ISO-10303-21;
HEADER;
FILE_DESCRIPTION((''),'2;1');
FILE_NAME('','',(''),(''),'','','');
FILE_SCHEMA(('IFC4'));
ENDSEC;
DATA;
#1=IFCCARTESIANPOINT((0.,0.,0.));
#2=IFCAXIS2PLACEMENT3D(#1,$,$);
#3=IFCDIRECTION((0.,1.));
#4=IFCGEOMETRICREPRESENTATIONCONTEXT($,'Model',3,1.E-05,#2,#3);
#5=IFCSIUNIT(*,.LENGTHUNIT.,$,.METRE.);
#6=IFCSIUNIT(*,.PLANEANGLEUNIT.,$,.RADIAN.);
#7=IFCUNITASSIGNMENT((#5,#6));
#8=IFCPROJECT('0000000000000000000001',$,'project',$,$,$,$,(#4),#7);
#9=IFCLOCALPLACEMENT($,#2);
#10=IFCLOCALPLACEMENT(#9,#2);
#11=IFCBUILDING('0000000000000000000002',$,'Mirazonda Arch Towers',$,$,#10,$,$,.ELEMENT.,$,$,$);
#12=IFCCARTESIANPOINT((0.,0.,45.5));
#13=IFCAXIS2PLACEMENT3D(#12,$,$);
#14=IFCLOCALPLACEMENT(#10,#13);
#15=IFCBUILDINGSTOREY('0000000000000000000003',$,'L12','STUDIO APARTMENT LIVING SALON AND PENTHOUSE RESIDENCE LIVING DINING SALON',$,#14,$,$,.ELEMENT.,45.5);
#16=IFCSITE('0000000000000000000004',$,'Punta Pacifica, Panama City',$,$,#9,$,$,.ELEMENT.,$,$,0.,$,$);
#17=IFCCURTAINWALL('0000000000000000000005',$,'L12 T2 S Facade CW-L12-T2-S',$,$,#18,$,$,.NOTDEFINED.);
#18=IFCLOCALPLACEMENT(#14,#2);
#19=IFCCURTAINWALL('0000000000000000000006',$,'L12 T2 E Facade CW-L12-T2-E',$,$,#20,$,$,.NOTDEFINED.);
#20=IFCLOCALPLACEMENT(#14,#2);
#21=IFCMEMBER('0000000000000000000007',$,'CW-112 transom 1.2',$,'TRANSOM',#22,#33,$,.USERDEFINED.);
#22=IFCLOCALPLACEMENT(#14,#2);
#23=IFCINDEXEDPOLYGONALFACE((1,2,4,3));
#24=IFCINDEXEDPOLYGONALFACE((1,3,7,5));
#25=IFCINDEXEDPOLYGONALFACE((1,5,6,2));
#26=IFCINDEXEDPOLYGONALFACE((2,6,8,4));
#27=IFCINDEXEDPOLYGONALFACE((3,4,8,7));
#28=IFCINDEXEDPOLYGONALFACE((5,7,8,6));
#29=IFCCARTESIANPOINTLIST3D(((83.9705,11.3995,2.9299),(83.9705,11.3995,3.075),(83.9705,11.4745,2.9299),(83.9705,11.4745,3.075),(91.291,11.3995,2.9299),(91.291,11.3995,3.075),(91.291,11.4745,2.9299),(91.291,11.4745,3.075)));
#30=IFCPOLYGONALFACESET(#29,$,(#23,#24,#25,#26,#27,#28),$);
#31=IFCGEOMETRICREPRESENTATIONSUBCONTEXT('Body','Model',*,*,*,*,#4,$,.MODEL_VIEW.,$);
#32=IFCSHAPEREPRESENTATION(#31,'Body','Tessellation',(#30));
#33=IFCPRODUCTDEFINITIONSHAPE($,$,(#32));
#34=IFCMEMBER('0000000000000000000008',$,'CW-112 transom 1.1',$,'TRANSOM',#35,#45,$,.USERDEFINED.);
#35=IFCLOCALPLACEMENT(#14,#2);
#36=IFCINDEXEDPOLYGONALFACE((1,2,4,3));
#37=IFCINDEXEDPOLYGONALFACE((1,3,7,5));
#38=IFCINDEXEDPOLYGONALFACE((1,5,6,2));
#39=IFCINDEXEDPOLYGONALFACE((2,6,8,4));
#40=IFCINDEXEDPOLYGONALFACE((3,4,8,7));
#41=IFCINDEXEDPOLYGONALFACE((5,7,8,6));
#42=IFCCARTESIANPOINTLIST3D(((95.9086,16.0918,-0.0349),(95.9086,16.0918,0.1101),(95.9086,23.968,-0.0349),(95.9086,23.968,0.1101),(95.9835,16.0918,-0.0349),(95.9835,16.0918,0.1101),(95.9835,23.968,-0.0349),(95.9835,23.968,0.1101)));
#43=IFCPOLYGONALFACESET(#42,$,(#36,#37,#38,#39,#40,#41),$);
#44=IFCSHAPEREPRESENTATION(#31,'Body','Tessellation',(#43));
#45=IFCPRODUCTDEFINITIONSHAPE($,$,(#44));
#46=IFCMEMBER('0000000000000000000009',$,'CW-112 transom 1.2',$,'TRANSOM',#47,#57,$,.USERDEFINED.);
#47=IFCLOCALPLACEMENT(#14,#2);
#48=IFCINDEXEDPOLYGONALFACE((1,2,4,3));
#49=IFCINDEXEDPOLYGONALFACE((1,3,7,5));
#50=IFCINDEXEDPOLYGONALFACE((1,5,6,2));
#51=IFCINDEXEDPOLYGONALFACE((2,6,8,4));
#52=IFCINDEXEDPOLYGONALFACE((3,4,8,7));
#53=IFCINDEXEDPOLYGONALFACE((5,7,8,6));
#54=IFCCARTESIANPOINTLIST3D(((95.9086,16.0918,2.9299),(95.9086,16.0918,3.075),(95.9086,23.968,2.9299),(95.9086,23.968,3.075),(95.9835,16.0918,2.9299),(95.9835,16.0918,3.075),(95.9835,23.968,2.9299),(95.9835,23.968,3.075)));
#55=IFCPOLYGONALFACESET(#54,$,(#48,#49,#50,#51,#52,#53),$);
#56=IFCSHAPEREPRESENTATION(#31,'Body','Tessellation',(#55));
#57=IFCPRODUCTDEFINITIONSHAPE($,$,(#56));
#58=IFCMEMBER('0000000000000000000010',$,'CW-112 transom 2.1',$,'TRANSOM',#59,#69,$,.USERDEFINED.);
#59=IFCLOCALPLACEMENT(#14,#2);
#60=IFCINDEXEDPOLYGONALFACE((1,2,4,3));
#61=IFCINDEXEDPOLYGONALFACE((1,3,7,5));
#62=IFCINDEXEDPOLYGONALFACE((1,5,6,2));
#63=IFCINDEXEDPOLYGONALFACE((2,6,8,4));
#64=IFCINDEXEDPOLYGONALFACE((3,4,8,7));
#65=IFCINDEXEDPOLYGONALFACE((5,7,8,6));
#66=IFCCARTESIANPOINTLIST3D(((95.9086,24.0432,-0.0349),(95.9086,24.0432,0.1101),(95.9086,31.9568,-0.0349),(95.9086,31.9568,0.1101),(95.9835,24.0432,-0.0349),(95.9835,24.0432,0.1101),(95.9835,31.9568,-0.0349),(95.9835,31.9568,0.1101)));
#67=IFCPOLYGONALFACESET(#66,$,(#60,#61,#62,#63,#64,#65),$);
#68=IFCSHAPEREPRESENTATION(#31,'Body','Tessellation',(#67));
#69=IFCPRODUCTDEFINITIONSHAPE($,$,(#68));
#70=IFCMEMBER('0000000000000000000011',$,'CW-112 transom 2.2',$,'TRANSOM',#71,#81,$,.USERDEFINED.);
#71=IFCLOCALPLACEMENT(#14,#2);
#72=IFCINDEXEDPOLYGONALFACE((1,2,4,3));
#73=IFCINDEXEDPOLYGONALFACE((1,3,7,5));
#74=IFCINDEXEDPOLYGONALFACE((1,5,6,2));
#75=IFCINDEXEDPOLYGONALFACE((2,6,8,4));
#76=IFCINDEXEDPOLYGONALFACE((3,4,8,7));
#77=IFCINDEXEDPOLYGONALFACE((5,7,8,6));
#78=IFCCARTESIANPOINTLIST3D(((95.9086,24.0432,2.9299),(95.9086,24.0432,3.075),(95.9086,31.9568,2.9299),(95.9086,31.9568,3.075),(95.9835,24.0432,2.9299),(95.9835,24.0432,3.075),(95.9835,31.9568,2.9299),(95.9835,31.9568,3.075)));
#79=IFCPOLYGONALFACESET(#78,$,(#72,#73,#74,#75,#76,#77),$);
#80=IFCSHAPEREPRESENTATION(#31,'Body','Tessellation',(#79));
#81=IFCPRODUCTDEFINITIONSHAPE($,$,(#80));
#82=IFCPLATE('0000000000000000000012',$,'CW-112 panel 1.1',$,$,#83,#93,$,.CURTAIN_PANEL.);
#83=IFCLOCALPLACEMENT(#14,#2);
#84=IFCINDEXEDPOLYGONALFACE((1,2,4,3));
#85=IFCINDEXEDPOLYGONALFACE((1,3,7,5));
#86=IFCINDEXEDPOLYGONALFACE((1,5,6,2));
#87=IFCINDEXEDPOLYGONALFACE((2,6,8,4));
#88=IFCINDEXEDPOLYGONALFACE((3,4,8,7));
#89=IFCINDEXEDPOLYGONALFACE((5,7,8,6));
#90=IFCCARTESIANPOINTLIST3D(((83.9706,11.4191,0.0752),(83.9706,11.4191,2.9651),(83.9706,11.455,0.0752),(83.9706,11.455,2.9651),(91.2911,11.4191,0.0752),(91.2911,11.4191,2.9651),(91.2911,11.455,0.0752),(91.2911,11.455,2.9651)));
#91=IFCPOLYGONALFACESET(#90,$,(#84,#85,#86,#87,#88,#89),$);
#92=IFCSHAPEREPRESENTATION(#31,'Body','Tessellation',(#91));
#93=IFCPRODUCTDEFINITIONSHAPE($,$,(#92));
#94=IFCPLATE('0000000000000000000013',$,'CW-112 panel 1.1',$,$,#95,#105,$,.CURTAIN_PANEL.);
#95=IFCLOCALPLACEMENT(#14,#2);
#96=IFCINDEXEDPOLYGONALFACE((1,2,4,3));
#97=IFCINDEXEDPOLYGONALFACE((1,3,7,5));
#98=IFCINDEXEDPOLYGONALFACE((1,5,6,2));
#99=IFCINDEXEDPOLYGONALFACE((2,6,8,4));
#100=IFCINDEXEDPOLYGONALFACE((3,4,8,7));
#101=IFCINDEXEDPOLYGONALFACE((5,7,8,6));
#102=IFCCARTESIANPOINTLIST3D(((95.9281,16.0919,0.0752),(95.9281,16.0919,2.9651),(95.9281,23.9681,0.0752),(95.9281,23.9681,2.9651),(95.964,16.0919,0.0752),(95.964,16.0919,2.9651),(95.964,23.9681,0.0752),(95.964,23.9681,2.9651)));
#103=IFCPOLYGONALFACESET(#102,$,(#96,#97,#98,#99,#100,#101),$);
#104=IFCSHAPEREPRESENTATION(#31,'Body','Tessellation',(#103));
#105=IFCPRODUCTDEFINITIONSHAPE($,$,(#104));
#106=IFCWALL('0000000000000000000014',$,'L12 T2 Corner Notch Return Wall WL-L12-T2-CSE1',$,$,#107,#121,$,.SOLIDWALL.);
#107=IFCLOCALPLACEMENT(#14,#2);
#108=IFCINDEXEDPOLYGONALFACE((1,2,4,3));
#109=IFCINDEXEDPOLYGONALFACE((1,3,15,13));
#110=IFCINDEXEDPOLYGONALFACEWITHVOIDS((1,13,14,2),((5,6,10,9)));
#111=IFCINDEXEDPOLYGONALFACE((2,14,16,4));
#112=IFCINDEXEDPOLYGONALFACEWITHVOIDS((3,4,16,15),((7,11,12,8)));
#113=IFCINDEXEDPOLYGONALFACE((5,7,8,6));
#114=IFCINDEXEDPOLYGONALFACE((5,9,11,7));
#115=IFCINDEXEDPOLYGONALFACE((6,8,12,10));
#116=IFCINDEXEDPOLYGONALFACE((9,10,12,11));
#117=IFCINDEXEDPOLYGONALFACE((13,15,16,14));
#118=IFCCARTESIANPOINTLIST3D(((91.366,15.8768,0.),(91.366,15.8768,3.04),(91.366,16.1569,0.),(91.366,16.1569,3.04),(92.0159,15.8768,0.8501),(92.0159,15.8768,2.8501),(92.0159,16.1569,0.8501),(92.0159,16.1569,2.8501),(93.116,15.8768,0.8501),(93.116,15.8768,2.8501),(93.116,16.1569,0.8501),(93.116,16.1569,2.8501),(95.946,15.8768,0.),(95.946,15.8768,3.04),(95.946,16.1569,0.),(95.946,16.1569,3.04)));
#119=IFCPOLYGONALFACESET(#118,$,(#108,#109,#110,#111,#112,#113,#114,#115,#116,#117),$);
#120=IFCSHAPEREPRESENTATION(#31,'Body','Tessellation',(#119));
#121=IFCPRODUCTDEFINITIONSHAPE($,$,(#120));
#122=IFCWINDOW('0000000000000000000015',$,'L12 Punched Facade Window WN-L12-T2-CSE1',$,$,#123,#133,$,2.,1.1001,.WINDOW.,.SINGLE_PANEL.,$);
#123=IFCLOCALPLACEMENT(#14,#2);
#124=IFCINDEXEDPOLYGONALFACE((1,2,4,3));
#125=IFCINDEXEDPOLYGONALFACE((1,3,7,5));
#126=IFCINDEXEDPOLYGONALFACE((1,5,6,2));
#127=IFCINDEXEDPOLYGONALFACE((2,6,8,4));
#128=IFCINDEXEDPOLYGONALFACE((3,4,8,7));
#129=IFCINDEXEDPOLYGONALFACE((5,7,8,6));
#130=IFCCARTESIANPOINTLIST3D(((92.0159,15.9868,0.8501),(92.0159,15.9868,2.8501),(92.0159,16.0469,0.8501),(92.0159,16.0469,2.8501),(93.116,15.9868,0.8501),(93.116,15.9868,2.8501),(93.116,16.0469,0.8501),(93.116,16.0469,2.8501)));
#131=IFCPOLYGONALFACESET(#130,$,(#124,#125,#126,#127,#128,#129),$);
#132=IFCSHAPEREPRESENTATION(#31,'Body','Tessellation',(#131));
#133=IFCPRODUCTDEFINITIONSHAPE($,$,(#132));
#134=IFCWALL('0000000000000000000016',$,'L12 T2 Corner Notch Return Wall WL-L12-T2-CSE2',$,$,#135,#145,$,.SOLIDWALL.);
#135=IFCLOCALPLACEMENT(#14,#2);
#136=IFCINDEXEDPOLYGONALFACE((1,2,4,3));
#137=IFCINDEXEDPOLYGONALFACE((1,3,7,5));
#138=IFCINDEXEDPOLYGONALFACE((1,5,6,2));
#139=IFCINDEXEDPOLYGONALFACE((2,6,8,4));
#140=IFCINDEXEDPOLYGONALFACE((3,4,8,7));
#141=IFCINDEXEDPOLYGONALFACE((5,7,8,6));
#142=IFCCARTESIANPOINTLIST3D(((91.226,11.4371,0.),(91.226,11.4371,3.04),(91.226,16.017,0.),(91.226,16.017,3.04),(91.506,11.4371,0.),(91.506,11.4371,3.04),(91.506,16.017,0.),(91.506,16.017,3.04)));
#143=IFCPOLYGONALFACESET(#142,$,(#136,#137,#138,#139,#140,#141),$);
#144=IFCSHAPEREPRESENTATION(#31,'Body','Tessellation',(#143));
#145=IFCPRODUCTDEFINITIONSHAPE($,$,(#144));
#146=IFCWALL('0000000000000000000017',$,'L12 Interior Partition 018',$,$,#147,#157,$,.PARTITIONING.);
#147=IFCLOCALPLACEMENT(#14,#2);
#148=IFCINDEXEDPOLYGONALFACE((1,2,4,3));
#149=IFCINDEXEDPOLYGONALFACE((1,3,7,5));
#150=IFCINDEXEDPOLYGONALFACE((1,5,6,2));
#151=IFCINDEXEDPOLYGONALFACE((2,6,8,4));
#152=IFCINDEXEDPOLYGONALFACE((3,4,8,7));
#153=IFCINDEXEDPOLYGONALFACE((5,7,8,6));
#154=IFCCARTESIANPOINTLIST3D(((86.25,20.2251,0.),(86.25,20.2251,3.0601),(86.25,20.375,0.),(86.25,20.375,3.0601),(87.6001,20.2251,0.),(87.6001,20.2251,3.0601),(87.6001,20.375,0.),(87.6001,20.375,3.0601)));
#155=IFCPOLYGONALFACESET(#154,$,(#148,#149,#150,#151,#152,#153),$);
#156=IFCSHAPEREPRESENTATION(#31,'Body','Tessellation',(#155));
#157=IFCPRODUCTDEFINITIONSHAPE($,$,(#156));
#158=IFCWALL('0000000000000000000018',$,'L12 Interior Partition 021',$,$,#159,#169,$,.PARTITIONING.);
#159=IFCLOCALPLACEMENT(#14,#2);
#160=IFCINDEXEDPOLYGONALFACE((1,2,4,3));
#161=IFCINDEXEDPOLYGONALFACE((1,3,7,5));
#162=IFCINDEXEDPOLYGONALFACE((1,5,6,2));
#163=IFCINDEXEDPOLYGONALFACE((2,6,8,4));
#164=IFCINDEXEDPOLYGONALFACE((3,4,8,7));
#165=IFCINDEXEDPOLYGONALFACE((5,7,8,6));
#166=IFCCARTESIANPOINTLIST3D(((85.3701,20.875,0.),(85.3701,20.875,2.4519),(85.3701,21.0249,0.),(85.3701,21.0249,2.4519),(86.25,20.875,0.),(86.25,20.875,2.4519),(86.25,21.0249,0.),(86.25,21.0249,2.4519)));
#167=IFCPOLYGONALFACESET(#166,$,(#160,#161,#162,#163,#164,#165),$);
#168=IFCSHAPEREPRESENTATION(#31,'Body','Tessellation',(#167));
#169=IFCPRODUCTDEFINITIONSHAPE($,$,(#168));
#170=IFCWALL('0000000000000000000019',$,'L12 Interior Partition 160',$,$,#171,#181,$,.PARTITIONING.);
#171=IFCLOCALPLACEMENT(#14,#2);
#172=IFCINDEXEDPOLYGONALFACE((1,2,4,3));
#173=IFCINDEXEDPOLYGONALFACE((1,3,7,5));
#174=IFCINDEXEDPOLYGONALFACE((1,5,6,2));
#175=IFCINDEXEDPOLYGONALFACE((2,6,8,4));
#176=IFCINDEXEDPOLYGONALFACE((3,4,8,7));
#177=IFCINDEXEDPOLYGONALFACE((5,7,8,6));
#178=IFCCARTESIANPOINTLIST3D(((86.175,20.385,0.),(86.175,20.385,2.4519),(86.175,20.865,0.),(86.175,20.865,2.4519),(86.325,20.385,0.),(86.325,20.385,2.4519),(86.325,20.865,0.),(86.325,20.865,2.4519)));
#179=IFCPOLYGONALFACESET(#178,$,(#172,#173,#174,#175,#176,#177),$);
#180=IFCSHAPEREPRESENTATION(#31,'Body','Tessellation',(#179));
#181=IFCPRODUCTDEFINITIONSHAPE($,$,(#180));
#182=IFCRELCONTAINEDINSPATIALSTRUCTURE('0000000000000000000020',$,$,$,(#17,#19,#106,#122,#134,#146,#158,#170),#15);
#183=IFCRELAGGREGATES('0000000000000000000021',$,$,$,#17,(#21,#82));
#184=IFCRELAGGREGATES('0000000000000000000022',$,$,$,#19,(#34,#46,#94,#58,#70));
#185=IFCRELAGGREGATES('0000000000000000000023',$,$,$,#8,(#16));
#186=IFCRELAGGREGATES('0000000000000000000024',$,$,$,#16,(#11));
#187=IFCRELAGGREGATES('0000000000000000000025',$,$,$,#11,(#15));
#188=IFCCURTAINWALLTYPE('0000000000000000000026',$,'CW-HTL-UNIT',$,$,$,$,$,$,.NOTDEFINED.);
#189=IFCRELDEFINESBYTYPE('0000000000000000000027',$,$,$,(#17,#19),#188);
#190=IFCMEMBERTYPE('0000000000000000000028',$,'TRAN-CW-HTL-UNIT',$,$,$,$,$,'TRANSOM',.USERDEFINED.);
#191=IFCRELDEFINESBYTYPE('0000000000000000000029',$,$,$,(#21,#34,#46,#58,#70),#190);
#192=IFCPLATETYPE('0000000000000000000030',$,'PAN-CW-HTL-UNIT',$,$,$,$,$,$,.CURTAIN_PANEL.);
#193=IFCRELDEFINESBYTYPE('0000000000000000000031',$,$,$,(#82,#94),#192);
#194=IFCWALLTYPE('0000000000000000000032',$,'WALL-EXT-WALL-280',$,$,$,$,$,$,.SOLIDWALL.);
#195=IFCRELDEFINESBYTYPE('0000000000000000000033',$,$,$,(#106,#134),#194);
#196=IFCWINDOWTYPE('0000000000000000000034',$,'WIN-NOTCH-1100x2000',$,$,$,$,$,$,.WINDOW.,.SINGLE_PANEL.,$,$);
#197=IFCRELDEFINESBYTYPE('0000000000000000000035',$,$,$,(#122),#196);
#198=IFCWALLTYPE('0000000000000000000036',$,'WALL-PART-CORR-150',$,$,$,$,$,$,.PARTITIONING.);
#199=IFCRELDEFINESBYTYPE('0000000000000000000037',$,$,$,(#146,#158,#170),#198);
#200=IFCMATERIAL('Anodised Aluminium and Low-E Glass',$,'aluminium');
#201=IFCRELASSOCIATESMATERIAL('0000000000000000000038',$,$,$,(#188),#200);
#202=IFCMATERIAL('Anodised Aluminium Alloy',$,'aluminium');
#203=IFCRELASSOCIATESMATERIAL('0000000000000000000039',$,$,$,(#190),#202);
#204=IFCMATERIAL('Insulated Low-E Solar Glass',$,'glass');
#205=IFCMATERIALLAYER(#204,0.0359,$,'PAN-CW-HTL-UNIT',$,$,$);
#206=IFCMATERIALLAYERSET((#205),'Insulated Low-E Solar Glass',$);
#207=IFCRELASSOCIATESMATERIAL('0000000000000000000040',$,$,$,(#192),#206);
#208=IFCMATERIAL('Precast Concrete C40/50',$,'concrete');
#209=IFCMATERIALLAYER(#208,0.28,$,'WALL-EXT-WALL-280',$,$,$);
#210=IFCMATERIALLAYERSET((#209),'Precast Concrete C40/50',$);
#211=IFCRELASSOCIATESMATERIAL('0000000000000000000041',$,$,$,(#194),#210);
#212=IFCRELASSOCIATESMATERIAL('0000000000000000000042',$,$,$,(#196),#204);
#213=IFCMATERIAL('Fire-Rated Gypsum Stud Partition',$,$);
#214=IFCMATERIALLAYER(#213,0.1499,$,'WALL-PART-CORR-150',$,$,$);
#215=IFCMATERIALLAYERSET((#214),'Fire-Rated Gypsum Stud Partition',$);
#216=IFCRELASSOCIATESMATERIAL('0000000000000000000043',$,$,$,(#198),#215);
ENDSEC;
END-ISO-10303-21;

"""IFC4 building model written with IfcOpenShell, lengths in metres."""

from ifc_helpers import new_model, si_unit, direction, frame, frame_2d, origin, origin_2d, place, context, subcontext, project, spatial, rectangle, extrude, material, layer, layer_set, material_profile, profile_set, type_object, element, fill, aggregate, save


model = new_model("IFC4")

# Units and contexts
model_context = context("Model", 3, precision=1e-05, world=origin(), true_north=direction((0.0, 1.0)))
body_context = subcontext(model_context, "Body", "Model", "MODEL_VIEW")
ifc_project = project(units=[si_unit("LENGTHUNIT", "METRE"), si_unit("PLANEANGLEUNIT", "RADIAN")], contexts=[model_context])

# Site, building, storey
site_placement = place(None, origin())
site = spatial("IfcSite", under=ifc_project, at=site_placement, Name="Punta Pacifica, Panama City", CompositionType="ELEMENT", RefElevation=0.0)
building_placement = place(site_placement, origin())
building = spatial("IfcBuilding", under=site, at=building_placement, Name="Mirazonda Arch Towers", CompositionType="ELEMENT")
storey_placement = place(building_placement, frame((0.0, 0.0, 45.5)))
storey = spatial("IfcBuildingStorey", under=building, at=storey_placement, Name="L12", Description="STUDIO APARTMENT LIVING SALON AND PENTHOUSE RESIDENCE LIVING DINING SALON", CompositionType="ELEMENT", Elevation=45.5)

# Curtain wall
ifc_material_1 = material(Name="Anodised Aluminium and Low-E Glass", Category="aluminium")
curtain_wall_type = type_object("IfcCurtainWallType", Name="CW-HTL-UNIT", PredefinedType="NOTDEFINED", material=ifc_material_1)
curtain_wall_1_placement = place(storey_placement, origin())
curtain_wall_1 = element("IfcCurtainWall", 1, at=curtain_wall_1_placement, inside=storey, type_object=curtain_wall_type, Name="L12 T2 S Facade CW-L12-T2-S", PredefinedType="NOTDEFINED")
ifc_material_2 = material(Name="Anodised Aluminium Alloy", Category="aluminium")

# Curtain wall
curtain_wall_2_placement = place(storey_placement, origin())
curtain_wall_2 = element("IfcCurtainWall", 2, at=curtain_wall_2_placement, inside=storey, type_object=curtain_wall_type, Name="L12 T2 E Facade CW-L12-T2-E", PredefinedType="NOTDEFINED")

# Members
ifc_material_profile_1 = material_profile(ifc_material_2, rectangle(XDim=0.075, YDim=0.145, at=origin_2d()), Name="ALU-TRAN-75x145")
ifc_profile_set_1 = profile_set([ifc_material_profile_1], Name="Anodised Aluminium Alloy")
member_type_1 = type_object("IfcMemberType", Name="TRAN-CW-HTL-UNIT", ElementType="TRANSOM", PredefinedType="USERDEFINED", material=ifc_profile_set_1)
member_1_placement = place(storey_placement, frame((91.291, 11.437, 3.0024), z_axis=(-1.0, 0.0, 0.0), x_axis=(0.0, -1.0, 0.0)))
member_1 = element("IfcMember", 3, at=member_1_placement, type_object=member_type_1, Name="CW-112 transom 1.2", ObjectType="TRANSOM", PredefinedType="USERDEFINED", context=body_context, shape_type="SweptSolid", body=[
    extrude(rectangle(XDim=0.075, YDim=0.145, at=origin_2d()), origin(), (0.0, 0.0, 1.0), 7.3206),
])
member_2_placement = place(storey_placement, frame((95.946, 16.0918, 0.0376), z_axis=(0.0, 1.0, 0.0), x_axis=(-1.0, 0.0, 0.0)))
member_2 = element("IfcMember", 4, at=member_2_placement, type_object=member_type_1, Name="CW-112 transom 1.1", ObjectType="TRANSOM", PredefinedType="USERDEFINED", context=body_context, shape_type="SweptSolid", body=[
    extrude(rectangle(XDim=0.075, YDim=0.145, at=origin_2d()), origin(), (0.0, 0.0, 1.0), 7.8762),
])
member_3_placement = place(storey_placement, frame((95.946, 16.0918, 3.0024), z_axis=(0.0, 1.0, 0.0), x_axis=(-1.0, 0.0, 0.0)))
member_3 = element("IfcMember", 5, at=member_3_placement, type_object=member_type_1, Name="CW-112 transom 1.2", ObjectType="TRANSOM", PredefinedType="USERDEFINED", context=body_context, shape_type="SweptSolid", body=[
    extrude(rectangle(XDim=0.075, YDim=0.145, at=origin_2d()), origin(), (0.0, 0.0, 1.0), 7.8762),
])
member_4_placement = place(storey_placement, frame((95.946, 24.0432, 0.0376), z_axis=(0.0, 1.0, 0.0), x_axis=(-1.0, 0.0, 0.0)))
member_4 = element("IfcMember", 6, at=member_4_placement, type_object=member_type_1, Name="CW-112 transom 2.1", ObjectType="TRANSOM", PredefinedType="USERDEFINED", context=body_context, shape_type="SweptSolid", body=[
    extrude(rectangle(XDim=0.075, YDim=0.145, at=origin_2d()), origin(), (0.0, 0.0, 1.0), 7.9136),
])
member_5_placement = place(storey_placement, frame((95.946, 24.0432, 3.0024), z_axis=(0.0, 1.0, 0.0), x_axis=(-1.0, 0.0, 0.0)))
member_5 = element("IfcMember", 7, at=member_5_placement, type_object=member_type_1, Name="CW-112 transom 2.2", ObjectType="TRANSOM", PredefinedType="USERDEFINED", context=body_context, shape_type="SweptSolid", body=[
    extrude(rectangle(XDim=0.075, YDim=0.145, at=origin_2d()), origin(), (0.0, 0.0, 1.0), 7.9136),
])

# Plates
ifc_material_3 = material(Name="Insulated Low-E Solar Glass", Category="glass")
ifc_layer_1 = layer(ifc_material_3, 0.0359, Name="PAN-CW-HTL-UNIT")
ifc_layer_set_1 = layer_set([ifc_layer_1], Name="Insulated Low-E Solar Glass")
plate_type = type_object("IfcPlateType", Name="PAN-CW-HTL-UNIT", PredefinedType="CURTAIN_PANEL", material=ifc_layer_set_1)
plate_1_placement = place(storey_placement, frame((87.6309, 11.437, 0.0752), z_axis=(0.0, 0.0, 1.0), x_axis=(-1.0, 0.0, 0.0)))
plate_1 = element("IfcPlate", 8, at=plate_1_placement, type_object=plate_type, Name="CW-112 panel 1.1", PredefinedType="CURTAIN_PANEL", context=body_context, shape_type="SweptSolid", body=[
    extrude(rectangle(XDim=7.3206, YDim=0.0359, at=origin_2d()), origin(), (0.0, 0.0, 1.0), 2.8899),
])
aggregate(curtain_wall_1, [member_1, plate_1])
plate_2_placement = place(storey_placement, frame((95.946, 20.03, 0.0752), z_axis=(0.0, 0.0, 1.0), x_axis=(0.0, 1.0, 0.0)))
plate_2 = element("IfcPlate", 9, at=plate_2_placement, type_object=plate_type, Name="CW-112 panel 1.1", PredefinedType="CURTAIN_PANEL", context=body_context, shape_type="SweptSolid", body=[
    extrude(rectangle(XDim=7.8762, YDim=0.0359, at=origin_2d()), origin(), (0.0, 0.0, 1.0), 2.8899),
])
aggregate(curtain_wall_2, [member_2, member_3, plate_2, member_4, member_5])

# Wall, opening, window
ifc_material_4 = material(Name="Precast Concrete C40/50", Category="concrete")
ifc_layer_2 = layer(ifc_material_4, 0.28, Name="WALL-EXT-WALL-280")
ifc_layer_set_2 = layer_set([ifc_layer_2], Name="Precast Concrete C40/50")
wall_type_1 = type_object("IfcWallType", Name="WALL-EXT-WALL-280", PredefinedType="SOLIDWALL", material=ifc_layer_set_2)
wall_1_placement = place(storey_placement, frame((91.366, 16.0168, 0.0), z_axis=(0.0, 0.0, 1.0), x_axis=(1.0, 0.0, 0.0)))
wall_1 = element("IfcWall", 10, at=wall_1_placement, inside=storey, type_object=wall_type_1, Name="L12 T2 Corner Notch Return Wall WL-L12-T2-CSE1", PredefinedType="SOLIDWALL", context=body_context, shape_type="SweptSolid", body=[
    extrude(rectangle(XDim=4.5801, YDim=0.28, at=frame_2d((2.29, 0.0))), origin(), (0.0, 0.0, 1.0), 3.04),
])
opening_1_placement = place(wall_1_placement, frame((0.6499, 0.0, 0.8501)))
opening_1 = element("IfcOpeningElement", 11, at=opening_1_placement, cuts=wall_1, PredefinedType="OPENING", context=body_context, shape_type="SweptSolid", body=[
    extrude(rectangle(XDim=1.1001, YDim=2.0, at=frame_2d((0.55, 1.0))), frame((0.0, 0.1499, 0.0), z_axis=(0.0, -1.0, 0.0), x_axis=(1.0, 0.0, 0.0)), (0.0, 0.0, 1.0), 0.3),
])
window_type = type_object("IfcWindowType", Name="WIN-NOTCH-1100x2000", PartitioningType="SINGLE_PANEL", PredefinedType="WINDOW", material=ifc_material_3)
window_placement = place(opening_1_placement, origin())
window = element("IfcWindow", 12, at=window_placement, inside=storey, type_object=window_type, Name="L12 Punched Facade Window WN-L12-T2-CSE1", OverallHeight=2.0, OverallWidth=1.1001, PartitioningType="SINGLE_PANEL", PredefinedType="WINDOW", context=body_context, shape_type="SweptSolid", body=[
    extrude(rectangle(XDim=1.1001, YDim=2.0, at=frame_2d((0.55, 1.0))), frame((0.0, 0.03, 0.0), z_axis=(0.0, -1.0, 0.0), x_axis=(1.0, 0.0, 0.0)), (0.0, 0.0, 1.0), 0.0601),
])
fill(opening_1, window)

# Walls
wall_2_placement = place(storey_placement, frame((91.366, 11.437, 0.0), z_axis=(0.0, 0.0, 1.0), x_axis=(0.0, 1.0, 0.0)))
element("IfcWall", 13, at=wall_2_placement, inside=storey, type_object=wall_type_1, Name="L12 T2 Corner Notch Return Wall WL-L12-T2-CSE2", PredefinedType="SOLIDWALL", context=body_context, shape_type="SweptSolid", body=[
    extrude(rectangle(XDim=4.5798, YDim=0.28, at=frame_2d((2.29, 0.0))), origin(), (0.0, 0.0, 1.0), 3.04),
])
ifc_material_5 = material(Name="Fire-Rated Gypsum Stud Partition")
ifc_layer_3 = layer(ifc_material_5, 0.1499, Name="WALL-PART-CORR-150")
ifc_layer_set_3 = layer_set([ifc_layer_3], Name="Fire-Rated Gypsum Stud Partition")
wall_type_2 = type_object("IfcWallType", Name="WALL-PART-CORR-150", PredefinedType="PARTITIONING", material=ifc_layer_set_3)
wall_3_placement = place(storey_placement, frame((86.25, 20.3, 0.0), z_axis=(0.0, 0.0, 1.0), x_axis=(1.0, 0.0, 0.0)))
element("IfcWall", 14, at=wall_3_placement, inside=storey, type_object=wall_type_2, Name="L12 Interior Partition 018", PredefinedType="PARTITIONING", context=body_context, shape_type="SweptSolid", body=[
    extrude(rectangle(XDim=1.3501, YDim=0.1499, at=frame_2d((0.675, 0.0))), origin(), (0.0, 0.0, 1.0), 3.0601),
])
wall_4_placement = place(storey_placement, frame((85.3701, 20.95, 0.0), z_axis=(0.0, 0.0, 1.0), x_axis=(1.0, 0.0, 0.0)))
element("IfcWall", 15, at=wall_4_placement, inside=storey, type_object=wall_type_2, Name="L12 Interior Partition 021", PredefinedType="PARTITIONING", context=body_context, shape_type="SweptSolid", body=[
    extrude(rectangle(XDim=0.8799, YDim=0.1499, at=frame_2d((0.4399, 0.0))), origin(), (0.0, 0.0, 1.0), 2.4519),
])
wall_5_placement = place(storey_placement, frame((86.25, 20.385, 0.0), z_axis=(0.0, 0.0, 1.0), x_axis=(0.0, 1.0, 0.0)))
element("IfcWall", 16, at=wall_5_placement, inside=storey, type_object=wall_type_2, Name="L12 Interior Partition 160", PredefinedType="PARTITIONING", context=body_context, shape_type="SweptSolid", body=[
    extrude(rectangle(XDim=0.48, YDim=0.1499, at=frame_2d((0.24, 0.0))), origin(), (0.0, 0.0, 1.0), 2.4519),
])

save(model, "model.ifc")
